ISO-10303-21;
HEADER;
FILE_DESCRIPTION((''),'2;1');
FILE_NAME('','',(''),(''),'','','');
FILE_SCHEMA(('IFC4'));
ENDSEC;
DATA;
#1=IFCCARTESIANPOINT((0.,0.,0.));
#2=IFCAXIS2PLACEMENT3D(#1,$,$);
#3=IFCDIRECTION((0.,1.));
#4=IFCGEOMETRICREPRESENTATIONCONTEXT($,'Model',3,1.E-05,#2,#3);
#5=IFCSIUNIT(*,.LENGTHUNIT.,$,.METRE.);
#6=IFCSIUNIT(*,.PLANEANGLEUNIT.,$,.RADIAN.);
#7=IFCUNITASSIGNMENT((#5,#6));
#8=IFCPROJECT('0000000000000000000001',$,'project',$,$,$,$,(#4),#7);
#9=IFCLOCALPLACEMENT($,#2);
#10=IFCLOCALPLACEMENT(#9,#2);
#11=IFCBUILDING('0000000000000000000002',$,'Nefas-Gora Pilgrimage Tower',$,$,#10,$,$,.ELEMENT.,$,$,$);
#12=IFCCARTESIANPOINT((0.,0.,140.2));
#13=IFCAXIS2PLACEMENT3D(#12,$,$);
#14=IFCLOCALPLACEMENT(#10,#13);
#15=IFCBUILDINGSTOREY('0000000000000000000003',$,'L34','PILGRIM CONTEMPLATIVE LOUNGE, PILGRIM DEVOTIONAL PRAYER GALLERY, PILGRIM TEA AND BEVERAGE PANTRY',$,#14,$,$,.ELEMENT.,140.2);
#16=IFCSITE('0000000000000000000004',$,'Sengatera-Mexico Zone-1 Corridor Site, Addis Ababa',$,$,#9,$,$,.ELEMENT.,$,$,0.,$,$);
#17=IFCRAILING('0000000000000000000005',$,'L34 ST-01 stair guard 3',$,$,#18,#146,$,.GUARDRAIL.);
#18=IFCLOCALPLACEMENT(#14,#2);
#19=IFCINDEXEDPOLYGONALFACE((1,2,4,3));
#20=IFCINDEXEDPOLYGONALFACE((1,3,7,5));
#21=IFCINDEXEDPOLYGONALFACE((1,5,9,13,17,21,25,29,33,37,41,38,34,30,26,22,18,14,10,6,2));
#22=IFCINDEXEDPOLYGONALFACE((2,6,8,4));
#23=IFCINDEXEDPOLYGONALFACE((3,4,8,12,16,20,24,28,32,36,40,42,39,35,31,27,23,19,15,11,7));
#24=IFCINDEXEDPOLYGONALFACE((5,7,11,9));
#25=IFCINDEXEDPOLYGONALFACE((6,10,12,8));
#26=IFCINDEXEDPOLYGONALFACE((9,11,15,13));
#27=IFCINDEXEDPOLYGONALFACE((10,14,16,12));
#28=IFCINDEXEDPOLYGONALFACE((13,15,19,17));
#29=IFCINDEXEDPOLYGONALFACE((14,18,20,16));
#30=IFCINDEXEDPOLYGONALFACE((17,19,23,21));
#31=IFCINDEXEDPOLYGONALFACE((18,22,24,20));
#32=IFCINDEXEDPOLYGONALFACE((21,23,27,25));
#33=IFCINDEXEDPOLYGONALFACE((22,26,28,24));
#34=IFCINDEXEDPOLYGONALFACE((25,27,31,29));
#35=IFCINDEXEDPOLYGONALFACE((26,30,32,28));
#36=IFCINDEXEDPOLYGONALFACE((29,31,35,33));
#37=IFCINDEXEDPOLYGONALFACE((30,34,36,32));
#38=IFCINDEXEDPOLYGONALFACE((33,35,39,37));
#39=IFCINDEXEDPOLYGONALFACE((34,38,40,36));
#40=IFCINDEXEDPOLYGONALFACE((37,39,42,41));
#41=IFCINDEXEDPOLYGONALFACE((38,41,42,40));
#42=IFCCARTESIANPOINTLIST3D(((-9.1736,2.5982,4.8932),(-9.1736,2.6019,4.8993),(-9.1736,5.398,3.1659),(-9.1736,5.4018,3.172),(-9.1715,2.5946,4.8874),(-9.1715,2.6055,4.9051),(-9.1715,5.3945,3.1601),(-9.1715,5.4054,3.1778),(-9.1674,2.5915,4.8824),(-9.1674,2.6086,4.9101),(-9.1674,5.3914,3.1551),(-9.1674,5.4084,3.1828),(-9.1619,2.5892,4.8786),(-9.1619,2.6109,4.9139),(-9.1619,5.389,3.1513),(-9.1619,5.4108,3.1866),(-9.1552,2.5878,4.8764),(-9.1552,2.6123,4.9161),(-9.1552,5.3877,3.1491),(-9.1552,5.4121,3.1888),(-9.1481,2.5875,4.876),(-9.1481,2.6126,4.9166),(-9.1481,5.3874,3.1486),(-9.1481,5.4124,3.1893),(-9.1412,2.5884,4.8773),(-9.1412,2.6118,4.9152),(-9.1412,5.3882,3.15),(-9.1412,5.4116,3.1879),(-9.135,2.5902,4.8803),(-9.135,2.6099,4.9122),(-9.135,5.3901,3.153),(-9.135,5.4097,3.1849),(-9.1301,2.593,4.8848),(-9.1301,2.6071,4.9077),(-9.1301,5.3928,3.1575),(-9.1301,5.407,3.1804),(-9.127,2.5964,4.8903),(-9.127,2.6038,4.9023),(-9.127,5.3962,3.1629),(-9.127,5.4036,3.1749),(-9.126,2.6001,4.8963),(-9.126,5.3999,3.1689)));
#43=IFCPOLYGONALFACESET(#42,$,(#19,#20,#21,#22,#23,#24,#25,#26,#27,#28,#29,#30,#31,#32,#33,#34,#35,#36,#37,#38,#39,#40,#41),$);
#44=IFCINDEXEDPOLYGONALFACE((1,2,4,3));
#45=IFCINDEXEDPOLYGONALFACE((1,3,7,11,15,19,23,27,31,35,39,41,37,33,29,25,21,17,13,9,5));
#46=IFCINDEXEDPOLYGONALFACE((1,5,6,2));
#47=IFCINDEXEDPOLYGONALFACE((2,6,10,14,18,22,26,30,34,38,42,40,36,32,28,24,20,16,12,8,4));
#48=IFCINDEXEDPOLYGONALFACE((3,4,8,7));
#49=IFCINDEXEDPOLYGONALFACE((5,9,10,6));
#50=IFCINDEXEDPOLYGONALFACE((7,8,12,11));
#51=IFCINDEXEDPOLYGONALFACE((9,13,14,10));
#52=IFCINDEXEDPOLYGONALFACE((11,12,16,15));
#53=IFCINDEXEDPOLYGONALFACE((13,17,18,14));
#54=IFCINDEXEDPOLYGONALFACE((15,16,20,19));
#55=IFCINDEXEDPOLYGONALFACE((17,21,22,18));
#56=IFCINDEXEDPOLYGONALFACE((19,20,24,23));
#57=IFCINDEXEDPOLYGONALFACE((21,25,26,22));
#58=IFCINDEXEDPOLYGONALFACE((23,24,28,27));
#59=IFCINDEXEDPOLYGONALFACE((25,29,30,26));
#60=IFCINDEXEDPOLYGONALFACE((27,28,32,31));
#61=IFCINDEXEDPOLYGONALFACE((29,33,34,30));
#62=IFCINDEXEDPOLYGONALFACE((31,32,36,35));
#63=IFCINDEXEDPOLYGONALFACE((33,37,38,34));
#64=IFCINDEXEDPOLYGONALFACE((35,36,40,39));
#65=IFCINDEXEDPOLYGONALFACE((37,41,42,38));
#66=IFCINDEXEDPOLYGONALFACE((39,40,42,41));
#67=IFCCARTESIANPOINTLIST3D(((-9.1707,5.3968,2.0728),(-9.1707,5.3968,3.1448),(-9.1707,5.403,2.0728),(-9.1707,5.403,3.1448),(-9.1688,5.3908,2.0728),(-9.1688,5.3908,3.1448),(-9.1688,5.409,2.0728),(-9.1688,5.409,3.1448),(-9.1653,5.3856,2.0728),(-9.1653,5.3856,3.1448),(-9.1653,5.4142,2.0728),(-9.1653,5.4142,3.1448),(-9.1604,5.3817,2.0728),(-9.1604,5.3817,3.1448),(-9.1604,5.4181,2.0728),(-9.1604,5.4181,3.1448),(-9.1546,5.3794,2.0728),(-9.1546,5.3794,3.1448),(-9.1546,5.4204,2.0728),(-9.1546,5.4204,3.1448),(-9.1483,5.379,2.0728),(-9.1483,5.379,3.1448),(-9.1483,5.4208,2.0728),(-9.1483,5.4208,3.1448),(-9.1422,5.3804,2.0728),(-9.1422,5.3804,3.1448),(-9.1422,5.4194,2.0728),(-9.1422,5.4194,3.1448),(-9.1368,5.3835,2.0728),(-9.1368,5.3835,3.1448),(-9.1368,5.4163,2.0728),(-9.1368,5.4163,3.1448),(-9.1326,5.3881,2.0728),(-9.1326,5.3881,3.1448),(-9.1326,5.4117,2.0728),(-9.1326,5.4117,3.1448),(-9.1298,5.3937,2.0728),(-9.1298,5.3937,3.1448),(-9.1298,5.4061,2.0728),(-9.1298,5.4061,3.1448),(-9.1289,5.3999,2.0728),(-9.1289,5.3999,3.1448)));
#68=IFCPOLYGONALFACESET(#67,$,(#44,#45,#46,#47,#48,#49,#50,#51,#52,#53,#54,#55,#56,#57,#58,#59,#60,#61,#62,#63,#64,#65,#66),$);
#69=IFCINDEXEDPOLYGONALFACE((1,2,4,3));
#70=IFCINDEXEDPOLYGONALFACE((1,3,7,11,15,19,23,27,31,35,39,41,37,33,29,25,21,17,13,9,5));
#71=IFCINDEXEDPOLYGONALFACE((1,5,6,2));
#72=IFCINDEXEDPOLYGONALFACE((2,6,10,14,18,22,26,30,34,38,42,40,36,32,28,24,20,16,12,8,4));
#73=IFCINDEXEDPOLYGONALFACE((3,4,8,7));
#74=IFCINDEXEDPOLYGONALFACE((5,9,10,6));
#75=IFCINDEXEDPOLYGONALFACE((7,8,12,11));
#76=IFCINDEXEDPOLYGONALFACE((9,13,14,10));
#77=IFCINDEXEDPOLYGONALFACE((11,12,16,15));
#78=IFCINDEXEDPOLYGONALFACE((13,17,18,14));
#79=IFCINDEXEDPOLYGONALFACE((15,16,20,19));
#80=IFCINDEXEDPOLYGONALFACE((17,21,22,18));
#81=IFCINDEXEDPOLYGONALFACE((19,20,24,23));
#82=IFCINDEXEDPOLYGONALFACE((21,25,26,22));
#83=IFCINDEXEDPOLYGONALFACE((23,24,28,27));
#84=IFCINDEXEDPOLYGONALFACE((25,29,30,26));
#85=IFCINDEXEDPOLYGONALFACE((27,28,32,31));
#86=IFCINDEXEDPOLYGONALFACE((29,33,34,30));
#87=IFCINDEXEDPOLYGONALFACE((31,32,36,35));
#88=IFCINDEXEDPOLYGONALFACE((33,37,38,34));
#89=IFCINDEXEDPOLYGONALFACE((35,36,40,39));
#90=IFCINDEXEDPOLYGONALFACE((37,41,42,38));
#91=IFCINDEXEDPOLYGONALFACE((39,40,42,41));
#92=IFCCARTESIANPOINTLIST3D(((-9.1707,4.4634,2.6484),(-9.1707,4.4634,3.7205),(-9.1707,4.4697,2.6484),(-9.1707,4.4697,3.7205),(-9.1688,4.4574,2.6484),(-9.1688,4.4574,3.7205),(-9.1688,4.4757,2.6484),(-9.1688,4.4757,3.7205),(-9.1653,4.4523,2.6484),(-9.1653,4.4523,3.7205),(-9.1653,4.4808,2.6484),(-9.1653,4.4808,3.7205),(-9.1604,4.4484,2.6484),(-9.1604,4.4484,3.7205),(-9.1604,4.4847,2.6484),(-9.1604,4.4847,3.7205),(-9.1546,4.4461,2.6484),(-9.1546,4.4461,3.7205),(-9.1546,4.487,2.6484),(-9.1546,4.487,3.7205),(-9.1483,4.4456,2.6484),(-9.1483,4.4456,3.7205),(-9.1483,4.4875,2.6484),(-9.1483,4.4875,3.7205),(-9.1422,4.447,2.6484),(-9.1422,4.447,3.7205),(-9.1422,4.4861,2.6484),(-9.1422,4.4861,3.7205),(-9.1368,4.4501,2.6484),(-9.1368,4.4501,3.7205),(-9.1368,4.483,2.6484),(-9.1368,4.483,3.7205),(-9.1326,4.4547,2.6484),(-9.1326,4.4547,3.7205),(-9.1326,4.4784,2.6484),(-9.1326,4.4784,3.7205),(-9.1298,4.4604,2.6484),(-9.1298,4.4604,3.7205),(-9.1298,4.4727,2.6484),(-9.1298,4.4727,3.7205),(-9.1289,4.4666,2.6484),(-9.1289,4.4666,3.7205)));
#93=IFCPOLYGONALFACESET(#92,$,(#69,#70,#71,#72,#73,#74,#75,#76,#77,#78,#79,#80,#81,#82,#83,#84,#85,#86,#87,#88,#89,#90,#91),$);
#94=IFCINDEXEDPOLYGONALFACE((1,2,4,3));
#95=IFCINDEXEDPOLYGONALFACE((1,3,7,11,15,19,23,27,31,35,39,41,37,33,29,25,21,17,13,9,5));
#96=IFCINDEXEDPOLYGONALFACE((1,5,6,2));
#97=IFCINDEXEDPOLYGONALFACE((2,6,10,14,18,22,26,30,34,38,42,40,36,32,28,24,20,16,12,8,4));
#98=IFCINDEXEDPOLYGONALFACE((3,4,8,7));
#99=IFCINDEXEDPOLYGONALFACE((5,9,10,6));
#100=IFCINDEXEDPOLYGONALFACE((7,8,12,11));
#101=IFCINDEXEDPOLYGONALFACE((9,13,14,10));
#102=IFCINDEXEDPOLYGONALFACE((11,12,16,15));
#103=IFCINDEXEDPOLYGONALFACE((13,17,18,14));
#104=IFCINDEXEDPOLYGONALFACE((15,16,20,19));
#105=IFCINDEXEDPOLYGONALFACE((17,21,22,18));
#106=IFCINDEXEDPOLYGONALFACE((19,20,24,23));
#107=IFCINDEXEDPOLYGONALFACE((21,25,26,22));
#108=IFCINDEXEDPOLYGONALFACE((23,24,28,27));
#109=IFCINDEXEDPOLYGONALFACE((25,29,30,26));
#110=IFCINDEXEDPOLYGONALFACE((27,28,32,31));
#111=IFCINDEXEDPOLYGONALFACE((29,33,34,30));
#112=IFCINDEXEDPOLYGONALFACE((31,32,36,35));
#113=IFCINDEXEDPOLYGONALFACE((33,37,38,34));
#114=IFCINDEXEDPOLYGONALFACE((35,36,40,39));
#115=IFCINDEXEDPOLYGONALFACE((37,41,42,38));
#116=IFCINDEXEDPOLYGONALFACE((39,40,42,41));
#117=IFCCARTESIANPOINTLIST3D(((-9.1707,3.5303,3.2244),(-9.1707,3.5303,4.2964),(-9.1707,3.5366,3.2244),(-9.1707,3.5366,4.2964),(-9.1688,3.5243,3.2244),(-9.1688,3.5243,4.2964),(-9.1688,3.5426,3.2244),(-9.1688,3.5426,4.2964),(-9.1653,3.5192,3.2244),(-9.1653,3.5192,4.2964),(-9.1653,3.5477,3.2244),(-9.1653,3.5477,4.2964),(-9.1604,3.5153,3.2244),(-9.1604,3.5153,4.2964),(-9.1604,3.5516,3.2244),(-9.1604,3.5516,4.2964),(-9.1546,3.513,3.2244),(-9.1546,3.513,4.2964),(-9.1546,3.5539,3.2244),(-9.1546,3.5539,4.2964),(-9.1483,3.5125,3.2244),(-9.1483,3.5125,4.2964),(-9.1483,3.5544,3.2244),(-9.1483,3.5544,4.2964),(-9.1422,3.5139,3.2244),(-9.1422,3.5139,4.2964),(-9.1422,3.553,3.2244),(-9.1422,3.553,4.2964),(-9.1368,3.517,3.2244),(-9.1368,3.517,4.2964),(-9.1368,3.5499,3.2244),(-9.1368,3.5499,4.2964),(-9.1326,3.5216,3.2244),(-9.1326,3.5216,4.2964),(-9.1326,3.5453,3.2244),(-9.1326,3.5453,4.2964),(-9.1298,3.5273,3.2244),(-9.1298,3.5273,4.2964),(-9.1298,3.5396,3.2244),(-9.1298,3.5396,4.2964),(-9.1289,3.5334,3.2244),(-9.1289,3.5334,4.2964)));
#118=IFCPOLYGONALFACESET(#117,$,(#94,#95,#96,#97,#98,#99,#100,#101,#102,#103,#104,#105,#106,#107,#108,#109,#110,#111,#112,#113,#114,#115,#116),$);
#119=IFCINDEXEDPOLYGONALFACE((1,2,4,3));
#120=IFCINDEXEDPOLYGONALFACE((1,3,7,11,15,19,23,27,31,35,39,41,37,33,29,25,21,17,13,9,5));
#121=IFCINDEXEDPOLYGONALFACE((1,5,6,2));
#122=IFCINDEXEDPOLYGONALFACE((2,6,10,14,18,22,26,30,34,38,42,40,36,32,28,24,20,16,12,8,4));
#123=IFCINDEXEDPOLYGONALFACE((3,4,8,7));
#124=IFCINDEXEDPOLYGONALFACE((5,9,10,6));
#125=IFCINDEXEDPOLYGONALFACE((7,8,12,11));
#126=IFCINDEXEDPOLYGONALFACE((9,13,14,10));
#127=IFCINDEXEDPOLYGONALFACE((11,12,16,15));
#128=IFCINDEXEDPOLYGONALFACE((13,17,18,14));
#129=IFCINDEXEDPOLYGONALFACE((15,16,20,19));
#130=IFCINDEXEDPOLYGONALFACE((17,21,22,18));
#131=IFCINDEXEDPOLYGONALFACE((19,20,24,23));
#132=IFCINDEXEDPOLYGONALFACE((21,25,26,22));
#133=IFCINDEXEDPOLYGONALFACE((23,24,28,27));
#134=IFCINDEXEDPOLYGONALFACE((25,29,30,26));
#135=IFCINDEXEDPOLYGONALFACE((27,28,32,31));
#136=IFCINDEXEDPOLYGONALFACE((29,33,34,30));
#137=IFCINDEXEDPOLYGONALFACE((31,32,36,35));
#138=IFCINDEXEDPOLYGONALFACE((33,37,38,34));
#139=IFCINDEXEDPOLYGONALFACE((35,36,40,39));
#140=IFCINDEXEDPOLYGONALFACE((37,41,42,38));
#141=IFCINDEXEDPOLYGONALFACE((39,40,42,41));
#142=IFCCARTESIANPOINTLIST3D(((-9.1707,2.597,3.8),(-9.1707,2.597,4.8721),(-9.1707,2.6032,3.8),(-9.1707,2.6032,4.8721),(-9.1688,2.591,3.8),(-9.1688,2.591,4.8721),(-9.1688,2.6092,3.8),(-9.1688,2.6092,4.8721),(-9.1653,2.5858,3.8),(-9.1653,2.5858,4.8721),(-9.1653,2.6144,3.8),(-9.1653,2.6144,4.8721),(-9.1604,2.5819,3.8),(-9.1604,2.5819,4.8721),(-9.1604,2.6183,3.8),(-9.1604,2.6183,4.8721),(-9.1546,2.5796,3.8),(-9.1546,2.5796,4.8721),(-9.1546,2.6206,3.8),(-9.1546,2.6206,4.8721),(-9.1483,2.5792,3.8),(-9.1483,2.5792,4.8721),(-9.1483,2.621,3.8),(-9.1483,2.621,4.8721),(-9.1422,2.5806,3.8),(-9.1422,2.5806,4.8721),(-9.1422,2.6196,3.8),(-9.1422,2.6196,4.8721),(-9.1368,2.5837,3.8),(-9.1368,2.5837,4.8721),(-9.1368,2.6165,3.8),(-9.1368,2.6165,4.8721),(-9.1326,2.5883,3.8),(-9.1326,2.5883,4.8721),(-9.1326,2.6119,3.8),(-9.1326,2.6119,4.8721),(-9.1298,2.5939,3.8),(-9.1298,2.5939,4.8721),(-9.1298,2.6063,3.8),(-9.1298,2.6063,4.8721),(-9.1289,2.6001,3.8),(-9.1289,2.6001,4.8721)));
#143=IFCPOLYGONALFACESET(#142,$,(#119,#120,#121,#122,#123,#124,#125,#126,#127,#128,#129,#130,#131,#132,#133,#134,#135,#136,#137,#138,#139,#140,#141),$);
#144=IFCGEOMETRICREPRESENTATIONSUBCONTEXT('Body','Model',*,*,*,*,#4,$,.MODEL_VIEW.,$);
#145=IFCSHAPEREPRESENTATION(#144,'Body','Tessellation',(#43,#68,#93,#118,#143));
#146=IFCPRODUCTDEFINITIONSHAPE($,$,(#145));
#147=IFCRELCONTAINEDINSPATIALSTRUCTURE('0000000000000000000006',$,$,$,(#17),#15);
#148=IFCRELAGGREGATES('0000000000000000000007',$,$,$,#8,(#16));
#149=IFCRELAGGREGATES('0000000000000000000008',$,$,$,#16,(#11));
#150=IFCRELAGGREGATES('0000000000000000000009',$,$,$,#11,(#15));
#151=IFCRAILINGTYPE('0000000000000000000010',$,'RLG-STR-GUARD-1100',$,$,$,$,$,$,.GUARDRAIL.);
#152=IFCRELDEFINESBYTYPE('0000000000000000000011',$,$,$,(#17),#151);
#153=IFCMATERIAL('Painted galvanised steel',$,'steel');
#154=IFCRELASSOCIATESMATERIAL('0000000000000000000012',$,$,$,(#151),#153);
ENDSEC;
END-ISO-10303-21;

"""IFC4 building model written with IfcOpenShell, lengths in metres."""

from ifc_helpers import new_model, si_unit, direction, frame, origin, origin_2d, place, context, subcontext, project, spatial, circle, extrude, material, type_object, element, save


model = new_model("IFC4")

# Units and contexts
model_context = context("Model", 3, precision=1e-05, world=origin(), true_north=direction((0.0, 1.0)))
body_context = subcontext(model_context, "Body", "Model", "MODEL_VIEW")
ifc_project = project(units=[si_unit("LENGTHUNIT", "METRE"), si_unit("PLANEANGLEUNIT", "RADIAN")], contexts=[model_context])

# Site, building, storey
site_placement = place(None, origin())
site = spatial("IfcSite", under=ifc_project, at=site_placement, Name="Sengatera-Mexico Zone-1 Corridor Site, Addis Ababa", CompositionType="ELEMENT", RefElevation=0.0)
building_placement = place(site_placement, origin())
building = spatial("IfcBuilding", under=site, at=building_placement, Name="Nefas-Gora Pilgrimage Tower", CompositionType="ELEMENT")
storey_placement = place(building_placement, frame((0.0, 0.0, 140.2)))
storey = spatial("IfcBuildingStorey", under=building, at=storey_placement, Name="L34", Description="PILGRIM CONTEMPLATIVE LOUNGE, PILGRIM DEVOTIONAL PRAYER GALLERY, PILGRIM TEA AND BEVERAGE PANTRY", CompositionType="ELEMENT", Elevation=140.2)

# Railing
ifc_material_1 = material(Name="Painted galvanised steel", Category="steel")
railing_type_1 = type_object("IfcRailingType", Name="RLG-STR-GUARD-1100", PredefinedType="GUARDRAIL", material=ifc_material_1)
railing_1_placement = place(storey_placement, frame((-9.1499, 5.3999, 2.0728)))
element("IfcRailing", 1, at=railing_1_placement, inside=storey, type_object=railing_type_1, Name="L34 ST-01 stair guard 3", PredefinedType="GUARDRAIL", context=body_context, shape_type="SweptSolid", body=[
    extrude(circle(Radius=0.0239, at=origin_2d()), frame((0.0, 0.0, 1.0962), z_axis=(0.0, -0.851069, 0.525054), x_axis=(1.0, 0.0, 0.0)), (0.0, 0.0, 1.0), 3.2898),
    extrude(circle(Radius=0.021, at=origin_2d()), origin(), (0.0, 0.0, 1.0), 1.072),
    extrude(circle(Radius=0.021, at=origin_2d()), frame((0.0, -0.9333, 0.5757)), (0.0, 0.0, 1.0), 1.072),
    extrude(circle(Radius=0.021, at=origin_2d()), frame((0.0, -1.8665, 1.1516)), (0.0, 0.0, 1.0), 1.072),
    extrude(circle(Radius=0.021, at=origin_2d()), frame((0.0, -2.7998, 1.7273)), (0.0, 0.0, 1.0), 1.072),
])

save(model, "model.ifc")
